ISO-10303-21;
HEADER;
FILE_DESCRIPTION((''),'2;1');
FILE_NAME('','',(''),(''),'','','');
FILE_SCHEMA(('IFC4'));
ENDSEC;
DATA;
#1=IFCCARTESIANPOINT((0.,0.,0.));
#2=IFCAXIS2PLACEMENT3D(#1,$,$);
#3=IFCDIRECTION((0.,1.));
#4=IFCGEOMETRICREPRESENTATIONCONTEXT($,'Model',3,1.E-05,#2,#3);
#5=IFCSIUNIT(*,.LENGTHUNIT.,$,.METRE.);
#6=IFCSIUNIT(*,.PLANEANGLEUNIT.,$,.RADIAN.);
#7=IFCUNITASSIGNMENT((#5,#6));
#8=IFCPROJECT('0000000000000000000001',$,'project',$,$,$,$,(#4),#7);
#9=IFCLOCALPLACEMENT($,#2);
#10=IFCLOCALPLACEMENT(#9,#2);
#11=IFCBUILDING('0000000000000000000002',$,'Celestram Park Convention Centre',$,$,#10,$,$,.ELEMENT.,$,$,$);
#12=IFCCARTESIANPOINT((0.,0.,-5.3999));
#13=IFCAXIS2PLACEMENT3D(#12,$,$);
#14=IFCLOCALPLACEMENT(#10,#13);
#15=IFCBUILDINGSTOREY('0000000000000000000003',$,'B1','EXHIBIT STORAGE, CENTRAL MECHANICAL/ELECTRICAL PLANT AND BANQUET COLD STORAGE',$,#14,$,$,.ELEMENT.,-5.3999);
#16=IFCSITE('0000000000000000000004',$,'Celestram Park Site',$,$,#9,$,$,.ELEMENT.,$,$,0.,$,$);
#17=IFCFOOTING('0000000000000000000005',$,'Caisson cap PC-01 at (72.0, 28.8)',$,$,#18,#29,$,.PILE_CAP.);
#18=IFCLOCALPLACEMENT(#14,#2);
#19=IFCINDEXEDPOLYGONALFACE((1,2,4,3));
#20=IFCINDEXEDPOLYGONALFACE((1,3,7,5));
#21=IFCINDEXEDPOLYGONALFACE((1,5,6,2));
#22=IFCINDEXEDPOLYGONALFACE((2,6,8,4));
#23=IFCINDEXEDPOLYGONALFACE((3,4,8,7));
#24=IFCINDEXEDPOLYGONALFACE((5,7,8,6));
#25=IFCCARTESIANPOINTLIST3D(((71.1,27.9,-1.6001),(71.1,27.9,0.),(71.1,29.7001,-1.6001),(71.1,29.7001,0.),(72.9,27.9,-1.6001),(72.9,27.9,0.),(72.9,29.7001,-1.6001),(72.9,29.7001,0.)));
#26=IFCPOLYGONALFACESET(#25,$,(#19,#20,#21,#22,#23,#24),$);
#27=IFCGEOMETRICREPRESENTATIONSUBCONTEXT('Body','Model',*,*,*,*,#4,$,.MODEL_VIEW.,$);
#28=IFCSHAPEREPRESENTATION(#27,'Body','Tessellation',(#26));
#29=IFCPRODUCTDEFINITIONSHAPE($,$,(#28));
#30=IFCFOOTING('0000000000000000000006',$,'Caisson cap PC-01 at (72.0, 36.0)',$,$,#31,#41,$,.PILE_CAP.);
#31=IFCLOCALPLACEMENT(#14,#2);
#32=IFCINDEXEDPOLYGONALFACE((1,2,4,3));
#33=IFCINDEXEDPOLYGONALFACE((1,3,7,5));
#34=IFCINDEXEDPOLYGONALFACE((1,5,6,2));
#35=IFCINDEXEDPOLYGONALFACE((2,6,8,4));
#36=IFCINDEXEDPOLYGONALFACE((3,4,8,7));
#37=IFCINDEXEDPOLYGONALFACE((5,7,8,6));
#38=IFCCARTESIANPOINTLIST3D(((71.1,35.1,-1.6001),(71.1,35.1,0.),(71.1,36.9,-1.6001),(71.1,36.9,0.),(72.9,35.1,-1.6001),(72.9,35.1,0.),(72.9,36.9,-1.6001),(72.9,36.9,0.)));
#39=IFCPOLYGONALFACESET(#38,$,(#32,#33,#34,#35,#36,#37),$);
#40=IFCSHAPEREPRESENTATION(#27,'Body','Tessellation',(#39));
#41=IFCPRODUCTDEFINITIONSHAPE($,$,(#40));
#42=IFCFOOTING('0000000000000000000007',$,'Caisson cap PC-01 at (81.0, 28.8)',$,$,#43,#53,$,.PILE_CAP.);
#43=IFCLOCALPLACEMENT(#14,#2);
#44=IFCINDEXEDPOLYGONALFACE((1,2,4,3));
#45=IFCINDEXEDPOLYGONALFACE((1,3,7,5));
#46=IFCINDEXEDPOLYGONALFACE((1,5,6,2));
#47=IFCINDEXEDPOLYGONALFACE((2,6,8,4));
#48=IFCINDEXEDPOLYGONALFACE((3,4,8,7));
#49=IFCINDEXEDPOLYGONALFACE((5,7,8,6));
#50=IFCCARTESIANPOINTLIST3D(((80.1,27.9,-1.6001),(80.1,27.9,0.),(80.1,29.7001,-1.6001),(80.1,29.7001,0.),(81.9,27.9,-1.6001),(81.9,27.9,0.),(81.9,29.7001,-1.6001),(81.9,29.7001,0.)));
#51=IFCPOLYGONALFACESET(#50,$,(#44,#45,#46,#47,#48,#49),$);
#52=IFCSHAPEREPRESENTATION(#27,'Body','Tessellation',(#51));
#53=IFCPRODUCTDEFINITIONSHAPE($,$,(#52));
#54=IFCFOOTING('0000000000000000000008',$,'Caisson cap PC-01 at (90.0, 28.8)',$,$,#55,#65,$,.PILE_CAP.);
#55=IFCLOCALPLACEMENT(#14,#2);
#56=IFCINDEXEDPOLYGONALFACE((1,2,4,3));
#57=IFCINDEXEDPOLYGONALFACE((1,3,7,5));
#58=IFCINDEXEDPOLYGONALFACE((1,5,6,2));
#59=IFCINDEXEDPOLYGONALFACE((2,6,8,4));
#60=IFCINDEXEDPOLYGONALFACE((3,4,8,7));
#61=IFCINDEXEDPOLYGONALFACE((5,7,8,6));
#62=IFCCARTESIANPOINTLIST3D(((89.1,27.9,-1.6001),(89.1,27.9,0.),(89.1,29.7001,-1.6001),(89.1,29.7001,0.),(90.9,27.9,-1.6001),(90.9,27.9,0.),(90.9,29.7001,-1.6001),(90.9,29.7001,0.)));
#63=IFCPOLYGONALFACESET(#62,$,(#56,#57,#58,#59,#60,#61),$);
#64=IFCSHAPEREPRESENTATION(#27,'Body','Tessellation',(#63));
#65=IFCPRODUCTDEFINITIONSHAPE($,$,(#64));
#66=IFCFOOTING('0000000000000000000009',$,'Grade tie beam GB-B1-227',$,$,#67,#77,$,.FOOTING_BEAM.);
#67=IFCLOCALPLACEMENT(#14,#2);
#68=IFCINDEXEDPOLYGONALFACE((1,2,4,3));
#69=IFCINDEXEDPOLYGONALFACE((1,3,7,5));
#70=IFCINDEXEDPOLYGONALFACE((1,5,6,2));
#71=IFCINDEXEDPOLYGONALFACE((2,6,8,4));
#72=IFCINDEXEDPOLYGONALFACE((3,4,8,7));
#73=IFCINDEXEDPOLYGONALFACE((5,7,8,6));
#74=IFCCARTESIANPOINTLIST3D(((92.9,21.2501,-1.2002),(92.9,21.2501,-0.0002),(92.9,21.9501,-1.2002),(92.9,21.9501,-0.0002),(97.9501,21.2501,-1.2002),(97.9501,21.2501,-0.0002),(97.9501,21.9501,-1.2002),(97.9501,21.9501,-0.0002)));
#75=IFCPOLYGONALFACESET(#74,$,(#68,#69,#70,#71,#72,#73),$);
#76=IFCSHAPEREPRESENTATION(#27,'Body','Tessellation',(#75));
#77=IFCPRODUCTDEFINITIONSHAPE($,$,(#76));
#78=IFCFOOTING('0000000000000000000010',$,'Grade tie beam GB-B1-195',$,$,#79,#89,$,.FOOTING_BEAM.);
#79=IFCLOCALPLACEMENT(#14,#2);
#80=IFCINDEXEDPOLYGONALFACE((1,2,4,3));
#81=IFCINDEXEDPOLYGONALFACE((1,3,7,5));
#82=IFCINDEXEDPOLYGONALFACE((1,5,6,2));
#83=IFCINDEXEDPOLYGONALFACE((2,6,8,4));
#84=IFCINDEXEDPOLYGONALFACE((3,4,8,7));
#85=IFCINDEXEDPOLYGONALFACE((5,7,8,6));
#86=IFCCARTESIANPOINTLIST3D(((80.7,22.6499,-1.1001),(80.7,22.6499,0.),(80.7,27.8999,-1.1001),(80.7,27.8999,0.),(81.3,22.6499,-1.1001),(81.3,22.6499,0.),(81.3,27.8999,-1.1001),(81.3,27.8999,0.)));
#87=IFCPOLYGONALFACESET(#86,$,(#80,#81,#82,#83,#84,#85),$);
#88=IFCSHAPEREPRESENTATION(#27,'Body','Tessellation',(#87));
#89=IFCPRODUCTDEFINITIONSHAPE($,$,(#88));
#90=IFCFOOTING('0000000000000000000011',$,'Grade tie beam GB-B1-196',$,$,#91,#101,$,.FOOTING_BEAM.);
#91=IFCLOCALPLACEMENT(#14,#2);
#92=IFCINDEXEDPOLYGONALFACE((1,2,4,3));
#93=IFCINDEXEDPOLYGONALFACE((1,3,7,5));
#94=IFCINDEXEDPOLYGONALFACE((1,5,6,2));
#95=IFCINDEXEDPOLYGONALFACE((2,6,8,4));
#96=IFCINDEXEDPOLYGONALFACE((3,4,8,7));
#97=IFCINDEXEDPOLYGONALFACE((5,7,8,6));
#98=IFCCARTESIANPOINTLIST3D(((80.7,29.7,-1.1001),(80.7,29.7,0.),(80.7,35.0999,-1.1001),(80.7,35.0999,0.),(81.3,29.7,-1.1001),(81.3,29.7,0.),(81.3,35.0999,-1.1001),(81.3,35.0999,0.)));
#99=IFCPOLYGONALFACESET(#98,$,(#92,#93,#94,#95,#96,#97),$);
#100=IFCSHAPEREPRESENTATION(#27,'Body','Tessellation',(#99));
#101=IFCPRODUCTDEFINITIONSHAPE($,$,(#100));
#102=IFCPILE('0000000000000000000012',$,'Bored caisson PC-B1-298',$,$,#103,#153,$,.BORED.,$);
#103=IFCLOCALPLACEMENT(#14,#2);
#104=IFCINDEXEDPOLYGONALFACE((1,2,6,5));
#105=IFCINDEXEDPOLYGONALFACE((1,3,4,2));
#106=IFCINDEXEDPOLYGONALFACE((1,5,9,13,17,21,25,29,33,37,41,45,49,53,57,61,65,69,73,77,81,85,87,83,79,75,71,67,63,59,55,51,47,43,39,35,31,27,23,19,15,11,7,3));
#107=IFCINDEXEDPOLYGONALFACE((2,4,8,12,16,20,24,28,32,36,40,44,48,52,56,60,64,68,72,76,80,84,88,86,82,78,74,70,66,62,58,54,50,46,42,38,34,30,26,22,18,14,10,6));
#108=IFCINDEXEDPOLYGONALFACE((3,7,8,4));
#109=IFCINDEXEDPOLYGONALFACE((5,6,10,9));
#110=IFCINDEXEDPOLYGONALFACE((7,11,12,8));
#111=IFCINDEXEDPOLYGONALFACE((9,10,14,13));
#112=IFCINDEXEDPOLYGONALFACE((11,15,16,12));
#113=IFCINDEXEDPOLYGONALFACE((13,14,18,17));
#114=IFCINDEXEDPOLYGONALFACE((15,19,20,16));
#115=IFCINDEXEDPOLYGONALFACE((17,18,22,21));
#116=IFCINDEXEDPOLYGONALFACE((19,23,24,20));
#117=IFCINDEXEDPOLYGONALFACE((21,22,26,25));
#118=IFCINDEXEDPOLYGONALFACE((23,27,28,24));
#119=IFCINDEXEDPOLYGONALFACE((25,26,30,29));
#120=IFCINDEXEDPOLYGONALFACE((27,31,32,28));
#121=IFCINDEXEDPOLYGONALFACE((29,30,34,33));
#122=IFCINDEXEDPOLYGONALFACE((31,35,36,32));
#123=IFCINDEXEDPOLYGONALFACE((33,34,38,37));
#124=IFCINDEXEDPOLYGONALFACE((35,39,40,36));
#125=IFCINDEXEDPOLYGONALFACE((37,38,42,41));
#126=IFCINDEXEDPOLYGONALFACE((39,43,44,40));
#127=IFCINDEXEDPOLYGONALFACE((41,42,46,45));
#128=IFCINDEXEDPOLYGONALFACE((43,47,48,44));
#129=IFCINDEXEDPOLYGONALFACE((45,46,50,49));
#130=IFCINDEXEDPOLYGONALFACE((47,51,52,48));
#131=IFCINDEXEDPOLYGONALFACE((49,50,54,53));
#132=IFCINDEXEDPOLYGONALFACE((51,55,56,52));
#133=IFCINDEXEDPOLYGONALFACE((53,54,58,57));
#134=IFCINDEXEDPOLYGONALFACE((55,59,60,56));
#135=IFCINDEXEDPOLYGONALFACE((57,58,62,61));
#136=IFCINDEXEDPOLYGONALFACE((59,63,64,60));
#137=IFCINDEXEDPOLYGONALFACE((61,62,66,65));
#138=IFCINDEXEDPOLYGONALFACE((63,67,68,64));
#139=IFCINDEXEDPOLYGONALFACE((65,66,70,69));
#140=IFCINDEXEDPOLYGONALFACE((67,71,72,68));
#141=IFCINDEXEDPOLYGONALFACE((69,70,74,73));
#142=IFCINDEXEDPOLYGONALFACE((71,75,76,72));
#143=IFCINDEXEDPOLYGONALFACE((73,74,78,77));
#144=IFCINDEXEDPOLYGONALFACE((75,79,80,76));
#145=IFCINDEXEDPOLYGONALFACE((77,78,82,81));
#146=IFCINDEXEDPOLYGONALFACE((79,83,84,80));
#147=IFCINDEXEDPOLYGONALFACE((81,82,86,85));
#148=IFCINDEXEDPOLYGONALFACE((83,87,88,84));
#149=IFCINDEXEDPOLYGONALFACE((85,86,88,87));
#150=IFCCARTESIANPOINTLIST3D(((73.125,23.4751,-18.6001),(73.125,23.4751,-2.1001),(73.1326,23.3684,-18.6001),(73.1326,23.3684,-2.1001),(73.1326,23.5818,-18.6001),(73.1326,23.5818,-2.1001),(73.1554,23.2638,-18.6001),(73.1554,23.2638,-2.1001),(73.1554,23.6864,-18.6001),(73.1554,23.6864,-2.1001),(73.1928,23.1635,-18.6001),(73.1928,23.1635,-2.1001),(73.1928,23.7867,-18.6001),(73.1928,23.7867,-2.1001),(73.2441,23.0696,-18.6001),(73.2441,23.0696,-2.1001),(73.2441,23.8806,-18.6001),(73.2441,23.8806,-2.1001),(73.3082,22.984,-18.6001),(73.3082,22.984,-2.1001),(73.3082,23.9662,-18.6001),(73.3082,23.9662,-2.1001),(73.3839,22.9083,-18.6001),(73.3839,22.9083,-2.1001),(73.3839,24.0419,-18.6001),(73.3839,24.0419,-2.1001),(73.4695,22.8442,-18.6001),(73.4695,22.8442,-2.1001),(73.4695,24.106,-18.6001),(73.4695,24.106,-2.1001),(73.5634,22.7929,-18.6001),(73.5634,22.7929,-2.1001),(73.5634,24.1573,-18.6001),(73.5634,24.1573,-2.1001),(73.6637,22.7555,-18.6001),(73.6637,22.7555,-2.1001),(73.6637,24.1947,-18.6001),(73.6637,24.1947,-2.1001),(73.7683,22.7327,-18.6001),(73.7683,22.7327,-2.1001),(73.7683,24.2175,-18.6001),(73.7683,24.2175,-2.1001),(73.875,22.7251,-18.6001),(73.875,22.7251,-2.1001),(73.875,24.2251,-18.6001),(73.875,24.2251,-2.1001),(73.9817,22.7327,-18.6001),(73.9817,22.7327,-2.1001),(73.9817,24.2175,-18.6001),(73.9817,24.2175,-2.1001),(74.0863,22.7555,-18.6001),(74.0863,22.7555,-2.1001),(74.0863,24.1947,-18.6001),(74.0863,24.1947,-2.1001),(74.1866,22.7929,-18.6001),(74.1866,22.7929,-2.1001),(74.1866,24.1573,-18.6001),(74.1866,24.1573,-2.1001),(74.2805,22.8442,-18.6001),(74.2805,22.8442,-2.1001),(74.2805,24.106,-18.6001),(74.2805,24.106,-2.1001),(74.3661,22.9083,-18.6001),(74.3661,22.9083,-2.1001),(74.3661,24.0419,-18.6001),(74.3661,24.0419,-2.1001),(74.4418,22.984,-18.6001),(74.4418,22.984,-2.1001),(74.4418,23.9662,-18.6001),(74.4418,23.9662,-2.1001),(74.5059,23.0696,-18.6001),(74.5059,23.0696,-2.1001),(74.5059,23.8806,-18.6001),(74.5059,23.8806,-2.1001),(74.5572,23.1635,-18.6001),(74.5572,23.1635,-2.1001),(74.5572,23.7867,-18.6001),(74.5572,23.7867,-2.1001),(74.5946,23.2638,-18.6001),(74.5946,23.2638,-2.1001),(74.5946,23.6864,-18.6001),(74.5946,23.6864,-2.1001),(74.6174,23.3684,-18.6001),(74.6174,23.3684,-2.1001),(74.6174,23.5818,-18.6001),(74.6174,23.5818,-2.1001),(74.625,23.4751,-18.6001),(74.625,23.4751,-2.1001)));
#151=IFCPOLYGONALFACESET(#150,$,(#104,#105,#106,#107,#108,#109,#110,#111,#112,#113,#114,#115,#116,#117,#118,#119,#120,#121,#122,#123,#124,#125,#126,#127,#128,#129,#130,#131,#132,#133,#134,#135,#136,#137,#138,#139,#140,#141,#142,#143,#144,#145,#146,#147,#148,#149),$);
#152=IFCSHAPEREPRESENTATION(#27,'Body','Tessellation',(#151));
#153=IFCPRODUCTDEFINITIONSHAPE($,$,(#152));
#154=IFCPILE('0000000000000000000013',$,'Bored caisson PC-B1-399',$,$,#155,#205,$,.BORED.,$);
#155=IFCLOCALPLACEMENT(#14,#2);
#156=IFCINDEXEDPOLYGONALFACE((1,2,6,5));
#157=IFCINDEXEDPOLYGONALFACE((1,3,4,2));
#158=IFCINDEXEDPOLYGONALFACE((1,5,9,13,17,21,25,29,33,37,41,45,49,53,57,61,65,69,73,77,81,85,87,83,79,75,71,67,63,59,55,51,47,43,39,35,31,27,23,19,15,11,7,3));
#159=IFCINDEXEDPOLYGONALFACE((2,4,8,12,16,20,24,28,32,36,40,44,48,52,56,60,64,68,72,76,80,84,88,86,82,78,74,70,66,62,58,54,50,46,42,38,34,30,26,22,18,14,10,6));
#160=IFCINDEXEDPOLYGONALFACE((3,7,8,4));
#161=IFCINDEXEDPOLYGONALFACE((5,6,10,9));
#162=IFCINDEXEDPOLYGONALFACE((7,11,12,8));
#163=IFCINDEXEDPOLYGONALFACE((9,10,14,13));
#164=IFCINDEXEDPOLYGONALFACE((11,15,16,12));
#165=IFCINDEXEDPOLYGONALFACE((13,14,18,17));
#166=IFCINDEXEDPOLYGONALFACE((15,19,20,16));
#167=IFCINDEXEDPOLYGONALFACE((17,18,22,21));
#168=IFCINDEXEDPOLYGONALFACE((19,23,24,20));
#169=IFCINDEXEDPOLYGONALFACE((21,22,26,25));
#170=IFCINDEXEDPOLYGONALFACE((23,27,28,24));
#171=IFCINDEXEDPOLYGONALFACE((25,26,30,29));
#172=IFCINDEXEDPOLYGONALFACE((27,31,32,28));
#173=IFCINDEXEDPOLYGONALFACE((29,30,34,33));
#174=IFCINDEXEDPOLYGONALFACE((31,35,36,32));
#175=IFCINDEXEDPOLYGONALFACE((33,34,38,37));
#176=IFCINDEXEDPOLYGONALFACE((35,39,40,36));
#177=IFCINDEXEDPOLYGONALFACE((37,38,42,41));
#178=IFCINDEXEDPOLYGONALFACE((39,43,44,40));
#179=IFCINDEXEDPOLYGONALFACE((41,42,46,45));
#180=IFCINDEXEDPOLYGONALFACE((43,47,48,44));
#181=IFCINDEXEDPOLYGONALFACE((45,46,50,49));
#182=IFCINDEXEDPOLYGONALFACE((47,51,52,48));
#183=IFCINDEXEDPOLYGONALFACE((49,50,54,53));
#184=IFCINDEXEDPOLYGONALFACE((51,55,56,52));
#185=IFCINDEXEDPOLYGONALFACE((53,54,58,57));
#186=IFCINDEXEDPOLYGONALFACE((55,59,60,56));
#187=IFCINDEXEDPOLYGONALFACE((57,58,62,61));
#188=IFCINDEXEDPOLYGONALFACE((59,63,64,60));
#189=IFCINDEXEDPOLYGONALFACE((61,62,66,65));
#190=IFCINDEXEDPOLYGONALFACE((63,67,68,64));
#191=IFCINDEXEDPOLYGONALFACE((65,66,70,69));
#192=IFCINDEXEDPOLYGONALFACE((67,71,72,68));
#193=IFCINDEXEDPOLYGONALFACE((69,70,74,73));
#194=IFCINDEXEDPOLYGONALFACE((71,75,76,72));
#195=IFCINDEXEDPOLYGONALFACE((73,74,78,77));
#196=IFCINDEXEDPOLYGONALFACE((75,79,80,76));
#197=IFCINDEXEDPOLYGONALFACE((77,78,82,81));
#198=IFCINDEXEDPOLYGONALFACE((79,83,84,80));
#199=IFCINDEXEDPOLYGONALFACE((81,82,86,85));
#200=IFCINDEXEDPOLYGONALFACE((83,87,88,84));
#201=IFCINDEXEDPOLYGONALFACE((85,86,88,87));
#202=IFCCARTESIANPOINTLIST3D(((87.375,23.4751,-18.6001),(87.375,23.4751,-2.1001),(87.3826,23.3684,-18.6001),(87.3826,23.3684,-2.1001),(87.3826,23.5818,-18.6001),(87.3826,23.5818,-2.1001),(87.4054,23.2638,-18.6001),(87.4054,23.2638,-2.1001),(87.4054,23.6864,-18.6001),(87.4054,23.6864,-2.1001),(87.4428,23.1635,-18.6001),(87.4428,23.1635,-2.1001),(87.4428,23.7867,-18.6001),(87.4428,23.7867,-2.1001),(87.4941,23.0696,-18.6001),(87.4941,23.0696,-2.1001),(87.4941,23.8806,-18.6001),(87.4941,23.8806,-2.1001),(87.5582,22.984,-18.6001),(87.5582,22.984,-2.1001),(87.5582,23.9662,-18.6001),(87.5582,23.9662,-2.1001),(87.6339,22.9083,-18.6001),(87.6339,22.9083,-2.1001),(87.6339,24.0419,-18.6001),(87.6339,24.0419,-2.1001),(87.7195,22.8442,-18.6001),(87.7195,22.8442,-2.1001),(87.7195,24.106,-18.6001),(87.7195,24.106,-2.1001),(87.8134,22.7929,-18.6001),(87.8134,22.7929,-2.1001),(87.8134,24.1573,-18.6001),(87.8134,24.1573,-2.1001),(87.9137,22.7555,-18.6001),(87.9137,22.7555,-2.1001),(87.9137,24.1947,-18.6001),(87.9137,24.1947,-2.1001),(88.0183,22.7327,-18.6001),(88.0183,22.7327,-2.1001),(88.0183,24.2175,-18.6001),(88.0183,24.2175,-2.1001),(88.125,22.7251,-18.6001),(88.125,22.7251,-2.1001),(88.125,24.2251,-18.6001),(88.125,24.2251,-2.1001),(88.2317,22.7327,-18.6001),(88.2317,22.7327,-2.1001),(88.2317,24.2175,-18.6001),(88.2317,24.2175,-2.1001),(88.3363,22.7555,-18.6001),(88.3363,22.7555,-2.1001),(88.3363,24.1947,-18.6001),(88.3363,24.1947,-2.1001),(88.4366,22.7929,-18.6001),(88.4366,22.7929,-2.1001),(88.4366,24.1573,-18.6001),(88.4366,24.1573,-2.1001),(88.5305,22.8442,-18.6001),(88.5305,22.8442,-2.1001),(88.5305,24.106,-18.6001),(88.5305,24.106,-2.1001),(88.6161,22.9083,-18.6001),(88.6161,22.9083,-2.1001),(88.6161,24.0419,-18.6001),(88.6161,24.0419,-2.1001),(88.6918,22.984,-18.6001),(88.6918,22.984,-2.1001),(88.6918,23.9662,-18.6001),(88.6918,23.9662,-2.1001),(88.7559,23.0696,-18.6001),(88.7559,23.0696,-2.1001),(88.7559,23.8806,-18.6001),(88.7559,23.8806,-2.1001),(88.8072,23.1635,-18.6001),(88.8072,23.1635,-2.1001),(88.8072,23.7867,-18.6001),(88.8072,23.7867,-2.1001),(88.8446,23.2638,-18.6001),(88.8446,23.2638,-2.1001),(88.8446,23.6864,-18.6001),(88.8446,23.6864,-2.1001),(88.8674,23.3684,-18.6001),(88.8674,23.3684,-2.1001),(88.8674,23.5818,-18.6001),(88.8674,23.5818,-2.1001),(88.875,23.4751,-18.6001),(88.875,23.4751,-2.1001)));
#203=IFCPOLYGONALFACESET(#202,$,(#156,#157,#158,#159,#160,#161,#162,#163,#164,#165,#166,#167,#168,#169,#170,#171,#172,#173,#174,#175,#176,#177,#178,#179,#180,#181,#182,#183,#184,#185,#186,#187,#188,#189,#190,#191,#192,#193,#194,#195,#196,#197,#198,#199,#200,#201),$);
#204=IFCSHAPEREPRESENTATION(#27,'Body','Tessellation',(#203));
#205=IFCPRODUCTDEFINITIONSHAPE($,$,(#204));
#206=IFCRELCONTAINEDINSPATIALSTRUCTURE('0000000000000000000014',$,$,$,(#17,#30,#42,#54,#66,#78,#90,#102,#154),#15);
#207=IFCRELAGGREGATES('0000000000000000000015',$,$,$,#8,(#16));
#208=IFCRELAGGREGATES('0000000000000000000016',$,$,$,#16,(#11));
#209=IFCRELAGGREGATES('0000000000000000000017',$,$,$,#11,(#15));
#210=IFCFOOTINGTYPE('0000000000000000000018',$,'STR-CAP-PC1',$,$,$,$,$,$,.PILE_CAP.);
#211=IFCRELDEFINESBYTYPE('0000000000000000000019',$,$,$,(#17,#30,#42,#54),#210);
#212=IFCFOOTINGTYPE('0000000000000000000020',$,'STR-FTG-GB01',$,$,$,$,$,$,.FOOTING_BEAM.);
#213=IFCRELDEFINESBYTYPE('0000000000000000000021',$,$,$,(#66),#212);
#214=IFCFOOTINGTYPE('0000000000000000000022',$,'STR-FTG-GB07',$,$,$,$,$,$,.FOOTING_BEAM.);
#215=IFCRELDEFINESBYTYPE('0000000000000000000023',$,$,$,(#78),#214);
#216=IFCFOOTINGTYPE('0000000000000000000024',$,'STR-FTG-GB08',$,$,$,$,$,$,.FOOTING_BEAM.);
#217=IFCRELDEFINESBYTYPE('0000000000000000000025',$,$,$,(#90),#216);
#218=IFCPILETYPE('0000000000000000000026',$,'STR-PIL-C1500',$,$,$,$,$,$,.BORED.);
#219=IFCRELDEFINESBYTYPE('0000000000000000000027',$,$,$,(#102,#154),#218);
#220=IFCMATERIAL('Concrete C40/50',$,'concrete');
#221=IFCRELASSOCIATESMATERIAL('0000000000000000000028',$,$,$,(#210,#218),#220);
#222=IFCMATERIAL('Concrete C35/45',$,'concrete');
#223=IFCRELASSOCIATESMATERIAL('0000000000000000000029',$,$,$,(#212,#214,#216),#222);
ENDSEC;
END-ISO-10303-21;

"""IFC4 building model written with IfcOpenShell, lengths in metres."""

from ifc_helpers import new_model, si_unit, direction, frame, origin, origin_2d, place, context, subcontext, project, spatial, rectangle, circle, extrude, material, material_profile, profile_set, type_object, element, save


model = new_model("IFC4")

# Units and contexts
model_context = context("Model", 3, precision=1e-05, world=origin(), true_north=direction((0.0, 1.0)))
body_context = subcontext(model_context, "Body", "Model", "MODEL_VIEW")
ifc_project = project(units=[si_unit("LENGTHUNIT", "METRE"), si_unit("PLANEANGLEUNIT", "RADIAN")], contexts=[model_context])

# Site, building, storey
site_placement = place(None, origin())
site = spatial("IfcSite", under=ifc_project, at=site_placement, Name="Celestram Park Site", CompositionType="ELEMENT", RefElevation=0.0)
building_placement = place(site_placement, origin())
building = spatial("IfcBuilding", under=site, at=building_placement, Name="Celestram Park Convention Centre", CompositionType="ELEMENT")
storey_placement = place(building_placement, frame((0.0, 0.0, -5.3999)))
storey = spatial("IfcBuildingStorey", under=building, at=storey_placement, Name="B1", Description="EXHIBIT STORAGE, CENTRAL MECHANICAL/ELECTRICAL PLANT AND BANQUET COLD STORAGE", CompositionType="ELEMENT", Elevation=-5.3999)

# Footings
ifc_material_1 = material(Name="Concrete C40/50", Category="concrete")
footing_type_1 = type_object("IfcFootingType", Name="STR-CAP-PC1", PredefinedType="PILE_CAP", material=ifc_material_1)
for number, where, z_axis, x_axis, name in (
    (1, (72.0, 28.8, -1.6001), (0.0, 0.0, 1.0), (1.0, 0.0, 0.0), "Caisson cap PC-01 at (72.0, 28.8)"),
    (2, (72.0, 36.0, -1.6001), (0.0, 0.0, 1.0), (1.0, 0.0, 0.0), "Caisson cap PC-01 at (72.0, 36.0)"),
    (3, (81.0, 28.8, -1.6001), (0.0, 0.0, 1.0), (1.0, 0.0, 0.0), "Caisson cap PC-01 at (81.0, 28.8)"),
    (4, (90.0, 28.8, -1.6001), (0.0, 0.0, 1.0), (1.0, 0.0, 0.0), "Caisson cap PC-01 at (90.0, 28.8)"),
):
    element("IfcFooting", number, at=place(storey_placement, frame(where, z_axis=z_axis, x_axis=x_axis)), inside=storey, type_object=footing_type_1, Name=name, PredefinedType="PILE_CAP", context=body_context, shape_type="SweptSolid", body=[
        extrude(rectangle(XDim=1.8, YDim=1.8, at=origin_2d()), origin(), (0.0, 0.0, 1.0), 1.6001),
    ])
ifc_material_2 = material(Name="Concrete C35/45", Category="concrete")
footing_type_2 = type_object("IfcFootingType", Name="STR-FTG-GB01", PredefinedType="FOOTING_BEAM", material=ifc_material_2)
footing_1_placement = place(storey_placement, frame((95.425, 21.6001, -1.2002), z_axis=(0.0, 0.0, 1.0), x_axis=(1.0, 0.0, 0.0)))
element("IfcFooting", 5, at=footing_1_placement, inside=storey, type_object=footing_type_2, Name="Grade tie beam GB-B1-227", PredefinedType="FOOTING_BEAM", context=body_context, shape_type="SweptSolid", body=[
    extrude(rectangle(XDim=5.05, YDim=0.7, at=origin_2d()), origin(), (0.0, 0.0, 1.0), 1.2),
])
footing_type_3 = type_object("IfcFootingType", Name="STR-FTG-GB07", PredefinedType="FOOTING_BEAM", material=ifc_material_2)
footing_2_placement = place(storey_placement, frame((81.0, 25.2749, -1.1001), z_axis=(0.0, 0.0, 1.0), x_axis=(0.0, 1.0, 0.0)))
element("IfcFooting", 6, at=footing_2_placement, inside=storey, type_object=footing_type_3, Name="Grade tie beam GB-B1-195", PredefinedType="FOOTING_BEAM", context=body_context, shape_type="SweptSolid", body=[
    extrude(rectangle(XDim=5.25, YDim=0.6001, at=origin_2d()), origin(), (0.0, 0.0, 1.0), 1.1001),
])
footing_type_4 = type_object("IfcFootingType", Name="STR-FTG-GB08", PredefinedType="FOOTING_BEAM", material=ifc_material_2)
footing_3_placement = place(storey_placement, frame((81.0, 32.3999, -1.1001), z_axis=(0.0, 0.0, 1.0), x_axis=(0.0, 1.0, 0.0)))
element("IfcFooting", 7, at=footing_3_placement, inside=storey, type_object=footing_type_4, Name="Grade tie beam GB-B1-196", PredefinedType="FOOTING_BEAM", context=body_context, shape_type="SweptSolid", body=[
    extrude(rectangle(XDim=5.3999, YDim=0.6001, at=origin_2d()), origin(), (0.0, 0.0, 1.0), 1.1001),
])

# Piles
ifc_material_profile_1 = material_profile(ifc_material_1, circle(Radius=0.75, at=origin_2d()), Name="CAISSON1500")
ifc_profile_set_1 = profile_set([ifc_material_profile_1], Name="Concrete C40/50")
pile_type_1 = type_object("IfcPileType", Name="STR-PIL-C1500", PredefinedType="BORED", material=ifc_profile_set_1)
for number, where, z_axis, x_axis, name in (
    (8, (73.875, 23.4751, -2.1001), (0.0, 0.0, -1.0), (1.0, 0.0, 0.0), "Bored caisson PC-B1-298"),
    (9, (88.125, 23.4751, -2.1001), (0.0, 0.0, -1.0), (1.0, 0.0, 0.0), "Bored caisson PC-B1-399"),
):
    element("IfcPile", number, at=place(storey_placement, frame(where, z_axis=z_axis, x_axis=x_axis)), inside=storey, type_object=pile_type_1, Name=name, PredefinedType="BORED", context=body_context, shape_type="SweptSolid", body=[
        extrude(circle(Radius=0.75, at=origin_2d()), origin(), (0.0, 0.0, 1.0), 16.5),
    ])

save(model, "model.ifc")
